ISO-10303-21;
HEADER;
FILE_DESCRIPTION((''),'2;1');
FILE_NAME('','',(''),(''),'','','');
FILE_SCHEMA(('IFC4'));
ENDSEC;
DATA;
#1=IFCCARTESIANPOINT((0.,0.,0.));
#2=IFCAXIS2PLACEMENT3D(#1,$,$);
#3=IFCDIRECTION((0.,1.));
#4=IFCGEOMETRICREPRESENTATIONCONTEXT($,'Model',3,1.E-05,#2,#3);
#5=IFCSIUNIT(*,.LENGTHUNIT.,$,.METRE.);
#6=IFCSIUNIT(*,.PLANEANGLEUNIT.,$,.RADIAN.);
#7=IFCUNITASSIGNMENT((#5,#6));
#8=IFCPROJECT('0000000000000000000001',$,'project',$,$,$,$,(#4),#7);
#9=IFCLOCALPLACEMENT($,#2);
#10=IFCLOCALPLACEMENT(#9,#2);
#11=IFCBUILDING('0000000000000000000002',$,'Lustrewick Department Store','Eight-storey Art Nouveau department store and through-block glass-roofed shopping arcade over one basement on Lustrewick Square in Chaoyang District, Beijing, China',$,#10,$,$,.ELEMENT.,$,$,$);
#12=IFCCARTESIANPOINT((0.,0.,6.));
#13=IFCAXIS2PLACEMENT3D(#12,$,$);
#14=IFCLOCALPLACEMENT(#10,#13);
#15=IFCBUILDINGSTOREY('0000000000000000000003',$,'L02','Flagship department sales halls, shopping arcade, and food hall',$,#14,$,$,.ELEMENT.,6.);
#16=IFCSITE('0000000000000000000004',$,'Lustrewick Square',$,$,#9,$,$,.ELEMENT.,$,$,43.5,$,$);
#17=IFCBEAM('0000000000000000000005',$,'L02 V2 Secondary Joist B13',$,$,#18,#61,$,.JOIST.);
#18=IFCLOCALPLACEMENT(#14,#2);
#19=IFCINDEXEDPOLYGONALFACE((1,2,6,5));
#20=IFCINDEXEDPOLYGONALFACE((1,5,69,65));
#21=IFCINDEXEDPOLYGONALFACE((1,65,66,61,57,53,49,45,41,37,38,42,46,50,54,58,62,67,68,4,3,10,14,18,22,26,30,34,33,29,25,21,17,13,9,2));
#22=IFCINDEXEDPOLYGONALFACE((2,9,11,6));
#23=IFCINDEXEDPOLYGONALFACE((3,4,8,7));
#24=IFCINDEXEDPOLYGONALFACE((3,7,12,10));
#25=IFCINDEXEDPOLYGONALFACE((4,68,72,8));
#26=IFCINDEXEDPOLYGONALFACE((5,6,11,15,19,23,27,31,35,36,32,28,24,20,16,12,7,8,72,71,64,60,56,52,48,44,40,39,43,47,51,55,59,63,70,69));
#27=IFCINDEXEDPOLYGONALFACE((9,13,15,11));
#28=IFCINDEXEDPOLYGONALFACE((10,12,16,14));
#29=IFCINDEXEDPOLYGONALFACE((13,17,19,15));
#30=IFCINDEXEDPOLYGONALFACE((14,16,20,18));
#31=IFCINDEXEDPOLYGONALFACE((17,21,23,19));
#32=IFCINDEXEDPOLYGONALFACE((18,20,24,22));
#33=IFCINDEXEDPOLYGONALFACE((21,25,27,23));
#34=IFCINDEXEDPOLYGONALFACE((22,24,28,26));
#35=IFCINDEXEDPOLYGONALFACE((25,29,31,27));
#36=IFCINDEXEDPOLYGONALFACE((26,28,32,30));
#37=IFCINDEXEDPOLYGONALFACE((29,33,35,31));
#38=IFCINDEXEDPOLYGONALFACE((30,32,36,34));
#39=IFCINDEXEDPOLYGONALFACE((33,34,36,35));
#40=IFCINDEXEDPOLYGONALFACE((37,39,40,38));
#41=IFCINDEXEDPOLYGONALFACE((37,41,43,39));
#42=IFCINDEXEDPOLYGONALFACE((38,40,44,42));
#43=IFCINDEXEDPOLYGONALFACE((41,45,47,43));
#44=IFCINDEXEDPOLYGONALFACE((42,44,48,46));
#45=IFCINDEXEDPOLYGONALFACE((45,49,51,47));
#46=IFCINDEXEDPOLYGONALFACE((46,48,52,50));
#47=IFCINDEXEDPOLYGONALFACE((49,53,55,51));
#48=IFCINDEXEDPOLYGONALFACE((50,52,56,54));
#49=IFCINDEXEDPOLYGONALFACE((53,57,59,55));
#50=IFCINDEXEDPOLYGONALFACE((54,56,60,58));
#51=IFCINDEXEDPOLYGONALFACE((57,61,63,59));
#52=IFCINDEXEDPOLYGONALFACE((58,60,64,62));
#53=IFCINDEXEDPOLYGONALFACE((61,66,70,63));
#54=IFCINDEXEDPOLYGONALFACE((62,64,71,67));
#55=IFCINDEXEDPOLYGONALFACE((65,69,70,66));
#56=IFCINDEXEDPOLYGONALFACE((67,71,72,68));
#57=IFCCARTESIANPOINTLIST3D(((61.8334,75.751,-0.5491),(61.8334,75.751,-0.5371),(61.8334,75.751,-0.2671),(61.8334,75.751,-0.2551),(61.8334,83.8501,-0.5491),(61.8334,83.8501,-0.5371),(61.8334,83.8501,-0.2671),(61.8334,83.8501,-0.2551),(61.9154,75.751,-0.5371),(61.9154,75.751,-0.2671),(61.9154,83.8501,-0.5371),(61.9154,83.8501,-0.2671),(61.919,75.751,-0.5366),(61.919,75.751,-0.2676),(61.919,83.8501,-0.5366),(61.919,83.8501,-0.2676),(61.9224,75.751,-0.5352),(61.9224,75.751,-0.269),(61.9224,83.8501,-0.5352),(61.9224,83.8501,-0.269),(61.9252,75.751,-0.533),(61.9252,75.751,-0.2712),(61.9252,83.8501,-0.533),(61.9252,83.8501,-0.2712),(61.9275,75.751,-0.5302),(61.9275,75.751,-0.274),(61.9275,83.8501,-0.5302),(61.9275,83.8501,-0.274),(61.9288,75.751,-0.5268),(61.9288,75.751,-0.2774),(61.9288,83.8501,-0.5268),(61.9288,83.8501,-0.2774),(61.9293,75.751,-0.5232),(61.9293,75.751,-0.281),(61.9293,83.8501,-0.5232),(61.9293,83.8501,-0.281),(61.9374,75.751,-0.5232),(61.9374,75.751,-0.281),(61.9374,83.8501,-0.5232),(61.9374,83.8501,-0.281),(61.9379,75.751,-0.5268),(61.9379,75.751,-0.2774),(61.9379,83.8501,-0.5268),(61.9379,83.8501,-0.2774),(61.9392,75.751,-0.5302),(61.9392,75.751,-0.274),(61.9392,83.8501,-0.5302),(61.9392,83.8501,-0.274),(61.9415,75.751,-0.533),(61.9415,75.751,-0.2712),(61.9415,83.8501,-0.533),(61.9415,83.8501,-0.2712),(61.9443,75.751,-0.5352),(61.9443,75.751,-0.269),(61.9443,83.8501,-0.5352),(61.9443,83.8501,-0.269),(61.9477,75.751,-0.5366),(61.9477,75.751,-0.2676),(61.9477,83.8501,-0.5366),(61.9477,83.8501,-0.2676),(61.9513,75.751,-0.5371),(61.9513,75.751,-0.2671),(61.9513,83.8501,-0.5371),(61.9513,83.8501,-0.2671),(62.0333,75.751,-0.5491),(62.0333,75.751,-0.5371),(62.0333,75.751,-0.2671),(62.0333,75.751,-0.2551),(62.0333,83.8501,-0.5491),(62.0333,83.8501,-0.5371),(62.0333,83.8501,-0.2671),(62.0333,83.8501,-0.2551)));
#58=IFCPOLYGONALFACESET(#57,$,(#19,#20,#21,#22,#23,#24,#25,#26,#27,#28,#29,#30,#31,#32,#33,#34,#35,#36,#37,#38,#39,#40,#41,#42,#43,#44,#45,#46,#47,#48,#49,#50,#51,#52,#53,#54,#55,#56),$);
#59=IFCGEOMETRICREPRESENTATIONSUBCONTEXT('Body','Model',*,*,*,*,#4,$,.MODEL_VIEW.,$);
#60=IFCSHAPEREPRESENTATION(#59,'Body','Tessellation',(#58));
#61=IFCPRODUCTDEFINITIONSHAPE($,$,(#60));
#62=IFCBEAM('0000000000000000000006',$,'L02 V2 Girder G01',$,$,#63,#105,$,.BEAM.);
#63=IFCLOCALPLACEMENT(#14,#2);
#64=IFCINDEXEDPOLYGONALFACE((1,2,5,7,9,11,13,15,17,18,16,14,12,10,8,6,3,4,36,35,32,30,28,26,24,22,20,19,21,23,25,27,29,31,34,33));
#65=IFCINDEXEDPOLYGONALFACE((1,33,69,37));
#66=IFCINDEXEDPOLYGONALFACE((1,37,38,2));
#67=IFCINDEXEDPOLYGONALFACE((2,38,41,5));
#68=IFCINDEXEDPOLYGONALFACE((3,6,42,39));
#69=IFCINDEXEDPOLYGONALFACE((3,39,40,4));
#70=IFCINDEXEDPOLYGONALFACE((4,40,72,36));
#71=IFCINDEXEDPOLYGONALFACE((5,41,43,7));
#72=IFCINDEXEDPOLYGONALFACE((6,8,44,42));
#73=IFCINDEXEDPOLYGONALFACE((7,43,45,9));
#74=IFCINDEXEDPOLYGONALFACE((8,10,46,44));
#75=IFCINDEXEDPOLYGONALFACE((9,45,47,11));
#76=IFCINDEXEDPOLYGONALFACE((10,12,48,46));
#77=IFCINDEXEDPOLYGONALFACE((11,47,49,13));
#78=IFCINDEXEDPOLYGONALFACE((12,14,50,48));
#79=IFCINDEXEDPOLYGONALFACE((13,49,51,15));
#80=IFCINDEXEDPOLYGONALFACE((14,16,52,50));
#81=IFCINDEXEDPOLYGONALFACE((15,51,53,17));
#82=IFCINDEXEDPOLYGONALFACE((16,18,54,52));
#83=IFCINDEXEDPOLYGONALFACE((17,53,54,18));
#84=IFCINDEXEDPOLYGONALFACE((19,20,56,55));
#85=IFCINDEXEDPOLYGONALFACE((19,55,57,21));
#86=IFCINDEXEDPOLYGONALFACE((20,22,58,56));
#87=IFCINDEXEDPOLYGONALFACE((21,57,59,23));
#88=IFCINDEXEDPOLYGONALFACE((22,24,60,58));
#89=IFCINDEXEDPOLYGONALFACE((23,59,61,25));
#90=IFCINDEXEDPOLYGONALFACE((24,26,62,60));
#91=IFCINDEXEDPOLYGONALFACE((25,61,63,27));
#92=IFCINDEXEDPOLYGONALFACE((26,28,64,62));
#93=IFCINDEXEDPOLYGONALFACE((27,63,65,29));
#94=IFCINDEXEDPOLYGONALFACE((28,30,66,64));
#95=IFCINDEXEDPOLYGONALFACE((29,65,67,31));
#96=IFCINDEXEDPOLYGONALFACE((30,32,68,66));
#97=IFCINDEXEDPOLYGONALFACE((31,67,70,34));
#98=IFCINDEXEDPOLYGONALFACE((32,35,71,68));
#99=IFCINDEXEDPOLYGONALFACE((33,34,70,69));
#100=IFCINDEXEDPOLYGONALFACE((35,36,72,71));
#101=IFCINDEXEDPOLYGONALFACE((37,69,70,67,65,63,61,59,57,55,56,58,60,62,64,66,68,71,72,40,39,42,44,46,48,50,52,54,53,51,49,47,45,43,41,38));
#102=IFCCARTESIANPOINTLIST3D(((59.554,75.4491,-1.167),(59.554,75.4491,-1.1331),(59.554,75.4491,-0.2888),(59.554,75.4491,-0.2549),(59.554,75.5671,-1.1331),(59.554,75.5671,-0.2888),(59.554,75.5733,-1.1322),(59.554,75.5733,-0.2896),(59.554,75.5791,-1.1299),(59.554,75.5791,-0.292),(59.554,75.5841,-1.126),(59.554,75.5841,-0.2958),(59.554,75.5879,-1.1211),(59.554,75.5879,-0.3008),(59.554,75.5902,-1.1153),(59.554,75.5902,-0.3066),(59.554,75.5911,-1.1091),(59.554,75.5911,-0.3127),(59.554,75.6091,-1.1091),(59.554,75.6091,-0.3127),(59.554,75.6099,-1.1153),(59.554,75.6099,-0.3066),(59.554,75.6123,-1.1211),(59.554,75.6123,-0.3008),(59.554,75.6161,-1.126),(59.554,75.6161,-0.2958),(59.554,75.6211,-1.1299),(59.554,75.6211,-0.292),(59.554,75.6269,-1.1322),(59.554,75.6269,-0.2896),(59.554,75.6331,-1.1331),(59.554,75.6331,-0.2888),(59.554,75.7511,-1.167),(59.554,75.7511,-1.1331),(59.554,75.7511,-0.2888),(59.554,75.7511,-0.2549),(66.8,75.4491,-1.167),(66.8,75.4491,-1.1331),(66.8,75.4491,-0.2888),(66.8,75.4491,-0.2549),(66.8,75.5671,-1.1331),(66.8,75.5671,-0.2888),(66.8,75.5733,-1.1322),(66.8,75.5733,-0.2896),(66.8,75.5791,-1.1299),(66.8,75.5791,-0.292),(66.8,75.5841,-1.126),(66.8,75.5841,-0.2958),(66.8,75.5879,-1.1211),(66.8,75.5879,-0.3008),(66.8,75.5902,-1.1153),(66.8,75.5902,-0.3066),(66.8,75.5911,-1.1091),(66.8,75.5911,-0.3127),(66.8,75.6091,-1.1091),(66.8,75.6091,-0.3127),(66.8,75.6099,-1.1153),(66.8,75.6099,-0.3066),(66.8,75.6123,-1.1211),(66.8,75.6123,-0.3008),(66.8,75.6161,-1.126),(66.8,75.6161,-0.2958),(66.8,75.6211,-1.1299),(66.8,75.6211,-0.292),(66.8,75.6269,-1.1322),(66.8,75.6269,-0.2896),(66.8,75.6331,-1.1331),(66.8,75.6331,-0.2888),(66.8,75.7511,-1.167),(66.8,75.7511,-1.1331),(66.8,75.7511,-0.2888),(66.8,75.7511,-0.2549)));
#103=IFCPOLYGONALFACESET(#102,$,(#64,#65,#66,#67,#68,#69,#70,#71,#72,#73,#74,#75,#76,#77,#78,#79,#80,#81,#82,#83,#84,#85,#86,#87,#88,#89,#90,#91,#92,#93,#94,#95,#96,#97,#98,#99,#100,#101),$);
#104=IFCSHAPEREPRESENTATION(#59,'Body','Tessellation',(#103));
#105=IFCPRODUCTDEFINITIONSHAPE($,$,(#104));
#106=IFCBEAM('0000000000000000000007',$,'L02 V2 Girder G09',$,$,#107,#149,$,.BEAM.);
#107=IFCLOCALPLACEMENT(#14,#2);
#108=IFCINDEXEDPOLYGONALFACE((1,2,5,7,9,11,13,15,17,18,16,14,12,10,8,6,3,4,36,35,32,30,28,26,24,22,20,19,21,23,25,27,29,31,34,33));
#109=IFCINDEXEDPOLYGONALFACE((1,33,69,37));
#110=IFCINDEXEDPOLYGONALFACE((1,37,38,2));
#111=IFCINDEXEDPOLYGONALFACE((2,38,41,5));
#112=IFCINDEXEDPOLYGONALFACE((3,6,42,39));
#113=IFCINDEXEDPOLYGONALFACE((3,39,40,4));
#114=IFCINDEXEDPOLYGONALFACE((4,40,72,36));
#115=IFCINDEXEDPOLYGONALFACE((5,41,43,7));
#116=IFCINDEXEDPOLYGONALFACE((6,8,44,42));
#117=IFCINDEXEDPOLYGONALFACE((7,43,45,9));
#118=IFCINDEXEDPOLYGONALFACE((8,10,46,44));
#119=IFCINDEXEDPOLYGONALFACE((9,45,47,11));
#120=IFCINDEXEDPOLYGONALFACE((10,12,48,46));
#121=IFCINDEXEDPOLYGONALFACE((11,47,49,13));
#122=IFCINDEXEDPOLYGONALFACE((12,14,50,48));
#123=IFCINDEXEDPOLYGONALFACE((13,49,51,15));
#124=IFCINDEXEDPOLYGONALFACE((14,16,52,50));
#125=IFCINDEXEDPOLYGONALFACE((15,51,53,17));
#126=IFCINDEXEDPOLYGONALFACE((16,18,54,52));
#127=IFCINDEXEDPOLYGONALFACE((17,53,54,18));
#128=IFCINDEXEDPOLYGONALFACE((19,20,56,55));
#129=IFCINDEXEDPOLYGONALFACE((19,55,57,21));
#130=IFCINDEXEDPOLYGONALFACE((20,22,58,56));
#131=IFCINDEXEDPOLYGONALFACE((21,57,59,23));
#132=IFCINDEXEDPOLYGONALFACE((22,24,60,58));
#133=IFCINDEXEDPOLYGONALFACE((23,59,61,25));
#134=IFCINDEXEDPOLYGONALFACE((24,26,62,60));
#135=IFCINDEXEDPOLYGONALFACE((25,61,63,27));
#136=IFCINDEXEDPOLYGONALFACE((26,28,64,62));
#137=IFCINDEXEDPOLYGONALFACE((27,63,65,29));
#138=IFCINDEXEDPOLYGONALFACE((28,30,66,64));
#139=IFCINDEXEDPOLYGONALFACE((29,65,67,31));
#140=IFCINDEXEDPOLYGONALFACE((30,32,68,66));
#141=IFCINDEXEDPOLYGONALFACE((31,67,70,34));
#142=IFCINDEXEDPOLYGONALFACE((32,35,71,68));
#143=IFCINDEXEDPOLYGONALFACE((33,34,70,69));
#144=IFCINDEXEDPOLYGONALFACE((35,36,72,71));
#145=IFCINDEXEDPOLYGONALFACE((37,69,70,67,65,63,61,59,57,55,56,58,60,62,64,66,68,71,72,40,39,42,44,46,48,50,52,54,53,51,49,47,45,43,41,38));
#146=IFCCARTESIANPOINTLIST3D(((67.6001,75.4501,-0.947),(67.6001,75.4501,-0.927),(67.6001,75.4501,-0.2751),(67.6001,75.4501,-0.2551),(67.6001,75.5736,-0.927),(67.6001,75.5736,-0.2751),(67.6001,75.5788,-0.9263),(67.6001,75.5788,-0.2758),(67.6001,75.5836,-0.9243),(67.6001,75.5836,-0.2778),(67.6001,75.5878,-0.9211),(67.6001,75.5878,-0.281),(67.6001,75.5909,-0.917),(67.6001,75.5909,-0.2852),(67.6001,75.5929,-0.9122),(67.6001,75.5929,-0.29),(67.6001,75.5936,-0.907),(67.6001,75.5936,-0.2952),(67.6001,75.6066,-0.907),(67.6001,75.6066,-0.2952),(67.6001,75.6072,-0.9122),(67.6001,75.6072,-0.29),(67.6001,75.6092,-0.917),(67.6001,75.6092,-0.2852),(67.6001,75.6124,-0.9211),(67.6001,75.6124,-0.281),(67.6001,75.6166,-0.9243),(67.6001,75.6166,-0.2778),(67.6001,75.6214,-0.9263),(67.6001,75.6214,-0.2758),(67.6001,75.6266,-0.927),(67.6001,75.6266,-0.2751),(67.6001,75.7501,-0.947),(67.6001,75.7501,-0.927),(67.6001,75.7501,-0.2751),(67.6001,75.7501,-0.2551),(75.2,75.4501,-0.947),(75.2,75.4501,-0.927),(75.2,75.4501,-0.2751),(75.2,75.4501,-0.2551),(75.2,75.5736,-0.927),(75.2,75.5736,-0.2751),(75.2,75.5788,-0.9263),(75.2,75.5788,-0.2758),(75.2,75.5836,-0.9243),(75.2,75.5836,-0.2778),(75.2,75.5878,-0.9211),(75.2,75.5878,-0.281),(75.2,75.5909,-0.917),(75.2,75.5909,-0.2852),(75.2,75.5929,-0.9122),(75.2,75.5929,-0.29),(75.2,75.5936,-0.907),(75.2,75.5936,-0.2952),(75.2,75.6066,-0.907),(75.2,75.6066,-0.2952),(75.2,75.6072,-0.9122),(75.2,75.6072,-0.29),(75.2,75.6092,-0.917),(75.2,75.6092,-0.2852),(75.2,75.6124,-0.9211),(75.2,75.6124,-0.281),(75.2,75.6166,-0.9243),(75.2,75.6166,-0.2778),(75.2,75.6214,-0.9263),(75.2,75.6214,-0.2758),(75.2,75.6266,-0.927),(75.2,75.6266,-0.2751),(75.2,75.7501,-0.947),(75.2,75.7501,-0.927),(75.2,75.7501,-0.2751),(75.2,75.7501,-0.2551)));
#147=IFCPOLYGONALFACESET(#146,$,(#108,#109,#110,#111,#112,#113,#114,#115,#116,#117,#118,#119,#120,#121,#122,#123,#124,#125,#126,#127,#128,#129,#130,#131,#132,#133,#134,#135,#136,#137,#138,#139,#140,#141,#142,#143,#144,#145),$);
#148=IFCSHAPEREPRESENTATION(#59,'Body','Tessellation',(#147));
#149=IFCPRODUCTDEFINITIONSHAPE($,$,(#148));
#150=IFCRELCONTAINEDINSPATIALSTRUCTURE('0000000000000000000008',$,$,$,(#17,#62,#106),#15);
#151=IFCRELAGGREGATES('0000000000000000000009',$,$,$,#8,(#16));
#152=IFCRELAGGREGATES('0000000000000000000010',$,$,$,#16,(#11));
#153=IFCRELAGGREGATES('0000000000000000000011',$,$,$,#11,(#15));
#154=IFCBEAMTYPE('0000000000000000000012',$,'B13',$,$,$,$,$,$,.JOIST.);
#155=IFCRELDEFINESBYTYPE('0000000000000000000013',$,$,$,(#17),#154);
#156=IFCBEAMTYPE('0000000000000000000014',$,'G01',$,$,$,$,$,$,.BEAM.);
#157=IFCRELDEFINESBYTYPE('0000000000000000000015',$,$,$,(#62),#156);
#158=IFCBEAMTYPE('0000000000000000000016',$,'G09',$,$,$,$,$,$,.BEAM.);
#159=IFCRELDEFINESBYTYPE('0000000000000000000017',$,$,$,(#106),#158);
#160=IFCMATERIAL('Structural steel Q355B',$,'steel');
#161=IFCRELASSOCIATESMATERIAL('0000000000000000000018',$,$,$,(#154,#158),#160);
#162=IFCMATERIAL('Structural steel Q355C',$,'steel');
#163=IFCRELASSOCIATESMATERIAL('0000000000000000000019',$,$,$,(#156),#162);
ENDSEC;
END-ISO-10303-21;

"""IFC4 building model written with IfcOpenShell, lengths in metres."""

from ifc_helpers import new_model, si_unit, direction, frame, origin, origin_2d, place, context, subcontext, project, spatial, i_section, extrude, material, material_profile, profile_set, type_object, element, save


model = new_model("IFC4")

# Units and contexts
model_context = context("Model", 3, precision=1e-05, world=origin(), true_north=direction((0.0, 1.0)))
body_context = subcontext(model_context, "Body", "Model", "MODEL_VIEW")
ifc_project = project(units=[si_unit("LENGTHUNIT", "METRE"), si_unit("PLANEANGLEUNIT", "RADIAN")], contexts=[model_context])

# Site, building, storey
site_placement = place(None, origin())
site = spatial("IfcSite", under=ifc_project, at=site_placement, Name="Lustrewick Square", CompositionType="ELEMENT", RefElevation=43.5)
building_placement = place(site_placement, origin())
building = spatial("IfcBuilding", under=site, at=building_placement, Name="Lustrewick Department Store", Description="Eight-storey Art Nouveau department store and through-block glass-roofed shopping arcade over one basement on Lustrewick Square in Chaoyang District, Beijing, China", CompositionType="ELEMENT")
storey_placement = place(building_placement, frame((0.0, 0.0, 6.0)))
storey = spatial("IfcBuildingStorey", under=building, at=storey_placement, Name="L02", Description="Flagship department sales halls, shopping arcade, and food hall", CompositionType="ELEMENT", Elevation=6.0)

# Shared definitions
ifc_material_1 = material(Name="Structural steel Q355C", Category="steel")
ifc_material_2 = material(Name="Structural steel Q355B", Category="steel")

# Beams
ifc_material_profile_1 = material_profile(ifc_material_2, i_section(OverallWidth=0.2, OverallDepth=0.2939, WebThickness=0.0081, FlangeThickness=0.012, FilletRadius=0.0139, at=origin_2d()), Name="HM 294x200x8x12")
ifc_profile_set_1 = profile_set([ifc_material_profile_1], Name="Structural steel Q355B")
beam_type_1 = type_object("IfcBeamType", Name="B13", PredefinedType="JOIST", material=ifc_profile_set_1)
beam_1_placement = place(storey_placement, frame((61.9333, 75.751, -0.4021), z_axis=(0.0, 1.0, 0.0), x_axis=(-1.0, 0.0, 0.0)))
element("IfcBeam", 1, at=beam_1_placement, inside=storey, type_object=beam_type_1, Name="L02 V2 Secondary Joist B13", PredefinedType="JOIST", context=body_context, shape_type="SweptSolid", body=[
    extrude(i_section(OverallWidth=0.2, OverallDepth=0.2939, WebThickness=0.0081, FlangeThickness=0.012, FilletRadius=0.0139, at=origin_2d()), origin(), (0.0, 0.0, 1.0), 8.0991),
])
ifc_material_profile_2 = material_profile(ifc_material_1, i_section(OverallWidth=0.302, OverallDepth=0.9121, WebThickness=0.0181, FlangeThickness=0.0339, FilletRadius=0.0239, at=origin_2d()), Name="HN 912x302x18x34")
ifc_profile_set_2 = profile_set([ifc_material_profile_2], Name="Structural steel Q355C")
beam_type_2 = type_object("IfcBeamType", Name="G01", PredefinedType="BEAM", material=ifc_profile_set_2)
beam_2_placement = place(storey_placement, frame((59.554, 75.6001, -0.7109), z_axis=(1.0, 0.0, 0.0), x_axis=(0.0, 1.0, 0.0)))
element("IfcBeam", 2, at=beam_2_placement, inside=storey, type_object=beam_type_2, Name="L02 V2 Girder G01", PredefinedType="BEAM", context=body_context, shape_type="SweptSolid", body=[
    extrude(i_section(OverallWidth=0.302, OverallDepth=0.9121, WebThickness=0.0181, FlangeThickness=0.0339, FilletRadius=0.0239, at=origin_2d()), origin(), (0.0, 0.0, 1.0), 7.2461),
])
ifc_material_profile_3 = material_profile(ifc_material_2, i_section(OverallWidth=0.3, OverallDepth=0.6919, WebThickness=0.0129, FlangeThickness=0.02, FilletRadius=0.02, at=origin_2d()), Name="HN 692x300x13x20")
ifc_profile_set_3 = profile_set([ifc_material_profile_3], Name="Structural steel Q355B")
beam_type_3 = type_object("IfcBeamType", Name="G09", PredefinedType="BEAM", material=ifc_profile_set_3)
beam_3_placement = place(storey_placement, frame((67.6001, 75.6001, -0.6011), z_axis=(1.0, 0.0, 0.0), x_axis=(0.0, 1.0, 0.0)))
element("IfcBeam", 3, at=beam_3_placement, inside=storey, type_object=beam_type_3, Name="L02 V2 Girder G09", PredefinedType="BEAM", context=body_context, shape_type="SweptSolid", body=[
    extrude(i_section(OverallWidth=0.3, OverallDepth=0.6919, WebThickness=0.0129, FlangeThickness=0.02, FilletRadius=0.02, at=origin_2d()), origin(), (0.0, 0.0, 1.0), 7.5999),
])

save(model, "model.ifc")
